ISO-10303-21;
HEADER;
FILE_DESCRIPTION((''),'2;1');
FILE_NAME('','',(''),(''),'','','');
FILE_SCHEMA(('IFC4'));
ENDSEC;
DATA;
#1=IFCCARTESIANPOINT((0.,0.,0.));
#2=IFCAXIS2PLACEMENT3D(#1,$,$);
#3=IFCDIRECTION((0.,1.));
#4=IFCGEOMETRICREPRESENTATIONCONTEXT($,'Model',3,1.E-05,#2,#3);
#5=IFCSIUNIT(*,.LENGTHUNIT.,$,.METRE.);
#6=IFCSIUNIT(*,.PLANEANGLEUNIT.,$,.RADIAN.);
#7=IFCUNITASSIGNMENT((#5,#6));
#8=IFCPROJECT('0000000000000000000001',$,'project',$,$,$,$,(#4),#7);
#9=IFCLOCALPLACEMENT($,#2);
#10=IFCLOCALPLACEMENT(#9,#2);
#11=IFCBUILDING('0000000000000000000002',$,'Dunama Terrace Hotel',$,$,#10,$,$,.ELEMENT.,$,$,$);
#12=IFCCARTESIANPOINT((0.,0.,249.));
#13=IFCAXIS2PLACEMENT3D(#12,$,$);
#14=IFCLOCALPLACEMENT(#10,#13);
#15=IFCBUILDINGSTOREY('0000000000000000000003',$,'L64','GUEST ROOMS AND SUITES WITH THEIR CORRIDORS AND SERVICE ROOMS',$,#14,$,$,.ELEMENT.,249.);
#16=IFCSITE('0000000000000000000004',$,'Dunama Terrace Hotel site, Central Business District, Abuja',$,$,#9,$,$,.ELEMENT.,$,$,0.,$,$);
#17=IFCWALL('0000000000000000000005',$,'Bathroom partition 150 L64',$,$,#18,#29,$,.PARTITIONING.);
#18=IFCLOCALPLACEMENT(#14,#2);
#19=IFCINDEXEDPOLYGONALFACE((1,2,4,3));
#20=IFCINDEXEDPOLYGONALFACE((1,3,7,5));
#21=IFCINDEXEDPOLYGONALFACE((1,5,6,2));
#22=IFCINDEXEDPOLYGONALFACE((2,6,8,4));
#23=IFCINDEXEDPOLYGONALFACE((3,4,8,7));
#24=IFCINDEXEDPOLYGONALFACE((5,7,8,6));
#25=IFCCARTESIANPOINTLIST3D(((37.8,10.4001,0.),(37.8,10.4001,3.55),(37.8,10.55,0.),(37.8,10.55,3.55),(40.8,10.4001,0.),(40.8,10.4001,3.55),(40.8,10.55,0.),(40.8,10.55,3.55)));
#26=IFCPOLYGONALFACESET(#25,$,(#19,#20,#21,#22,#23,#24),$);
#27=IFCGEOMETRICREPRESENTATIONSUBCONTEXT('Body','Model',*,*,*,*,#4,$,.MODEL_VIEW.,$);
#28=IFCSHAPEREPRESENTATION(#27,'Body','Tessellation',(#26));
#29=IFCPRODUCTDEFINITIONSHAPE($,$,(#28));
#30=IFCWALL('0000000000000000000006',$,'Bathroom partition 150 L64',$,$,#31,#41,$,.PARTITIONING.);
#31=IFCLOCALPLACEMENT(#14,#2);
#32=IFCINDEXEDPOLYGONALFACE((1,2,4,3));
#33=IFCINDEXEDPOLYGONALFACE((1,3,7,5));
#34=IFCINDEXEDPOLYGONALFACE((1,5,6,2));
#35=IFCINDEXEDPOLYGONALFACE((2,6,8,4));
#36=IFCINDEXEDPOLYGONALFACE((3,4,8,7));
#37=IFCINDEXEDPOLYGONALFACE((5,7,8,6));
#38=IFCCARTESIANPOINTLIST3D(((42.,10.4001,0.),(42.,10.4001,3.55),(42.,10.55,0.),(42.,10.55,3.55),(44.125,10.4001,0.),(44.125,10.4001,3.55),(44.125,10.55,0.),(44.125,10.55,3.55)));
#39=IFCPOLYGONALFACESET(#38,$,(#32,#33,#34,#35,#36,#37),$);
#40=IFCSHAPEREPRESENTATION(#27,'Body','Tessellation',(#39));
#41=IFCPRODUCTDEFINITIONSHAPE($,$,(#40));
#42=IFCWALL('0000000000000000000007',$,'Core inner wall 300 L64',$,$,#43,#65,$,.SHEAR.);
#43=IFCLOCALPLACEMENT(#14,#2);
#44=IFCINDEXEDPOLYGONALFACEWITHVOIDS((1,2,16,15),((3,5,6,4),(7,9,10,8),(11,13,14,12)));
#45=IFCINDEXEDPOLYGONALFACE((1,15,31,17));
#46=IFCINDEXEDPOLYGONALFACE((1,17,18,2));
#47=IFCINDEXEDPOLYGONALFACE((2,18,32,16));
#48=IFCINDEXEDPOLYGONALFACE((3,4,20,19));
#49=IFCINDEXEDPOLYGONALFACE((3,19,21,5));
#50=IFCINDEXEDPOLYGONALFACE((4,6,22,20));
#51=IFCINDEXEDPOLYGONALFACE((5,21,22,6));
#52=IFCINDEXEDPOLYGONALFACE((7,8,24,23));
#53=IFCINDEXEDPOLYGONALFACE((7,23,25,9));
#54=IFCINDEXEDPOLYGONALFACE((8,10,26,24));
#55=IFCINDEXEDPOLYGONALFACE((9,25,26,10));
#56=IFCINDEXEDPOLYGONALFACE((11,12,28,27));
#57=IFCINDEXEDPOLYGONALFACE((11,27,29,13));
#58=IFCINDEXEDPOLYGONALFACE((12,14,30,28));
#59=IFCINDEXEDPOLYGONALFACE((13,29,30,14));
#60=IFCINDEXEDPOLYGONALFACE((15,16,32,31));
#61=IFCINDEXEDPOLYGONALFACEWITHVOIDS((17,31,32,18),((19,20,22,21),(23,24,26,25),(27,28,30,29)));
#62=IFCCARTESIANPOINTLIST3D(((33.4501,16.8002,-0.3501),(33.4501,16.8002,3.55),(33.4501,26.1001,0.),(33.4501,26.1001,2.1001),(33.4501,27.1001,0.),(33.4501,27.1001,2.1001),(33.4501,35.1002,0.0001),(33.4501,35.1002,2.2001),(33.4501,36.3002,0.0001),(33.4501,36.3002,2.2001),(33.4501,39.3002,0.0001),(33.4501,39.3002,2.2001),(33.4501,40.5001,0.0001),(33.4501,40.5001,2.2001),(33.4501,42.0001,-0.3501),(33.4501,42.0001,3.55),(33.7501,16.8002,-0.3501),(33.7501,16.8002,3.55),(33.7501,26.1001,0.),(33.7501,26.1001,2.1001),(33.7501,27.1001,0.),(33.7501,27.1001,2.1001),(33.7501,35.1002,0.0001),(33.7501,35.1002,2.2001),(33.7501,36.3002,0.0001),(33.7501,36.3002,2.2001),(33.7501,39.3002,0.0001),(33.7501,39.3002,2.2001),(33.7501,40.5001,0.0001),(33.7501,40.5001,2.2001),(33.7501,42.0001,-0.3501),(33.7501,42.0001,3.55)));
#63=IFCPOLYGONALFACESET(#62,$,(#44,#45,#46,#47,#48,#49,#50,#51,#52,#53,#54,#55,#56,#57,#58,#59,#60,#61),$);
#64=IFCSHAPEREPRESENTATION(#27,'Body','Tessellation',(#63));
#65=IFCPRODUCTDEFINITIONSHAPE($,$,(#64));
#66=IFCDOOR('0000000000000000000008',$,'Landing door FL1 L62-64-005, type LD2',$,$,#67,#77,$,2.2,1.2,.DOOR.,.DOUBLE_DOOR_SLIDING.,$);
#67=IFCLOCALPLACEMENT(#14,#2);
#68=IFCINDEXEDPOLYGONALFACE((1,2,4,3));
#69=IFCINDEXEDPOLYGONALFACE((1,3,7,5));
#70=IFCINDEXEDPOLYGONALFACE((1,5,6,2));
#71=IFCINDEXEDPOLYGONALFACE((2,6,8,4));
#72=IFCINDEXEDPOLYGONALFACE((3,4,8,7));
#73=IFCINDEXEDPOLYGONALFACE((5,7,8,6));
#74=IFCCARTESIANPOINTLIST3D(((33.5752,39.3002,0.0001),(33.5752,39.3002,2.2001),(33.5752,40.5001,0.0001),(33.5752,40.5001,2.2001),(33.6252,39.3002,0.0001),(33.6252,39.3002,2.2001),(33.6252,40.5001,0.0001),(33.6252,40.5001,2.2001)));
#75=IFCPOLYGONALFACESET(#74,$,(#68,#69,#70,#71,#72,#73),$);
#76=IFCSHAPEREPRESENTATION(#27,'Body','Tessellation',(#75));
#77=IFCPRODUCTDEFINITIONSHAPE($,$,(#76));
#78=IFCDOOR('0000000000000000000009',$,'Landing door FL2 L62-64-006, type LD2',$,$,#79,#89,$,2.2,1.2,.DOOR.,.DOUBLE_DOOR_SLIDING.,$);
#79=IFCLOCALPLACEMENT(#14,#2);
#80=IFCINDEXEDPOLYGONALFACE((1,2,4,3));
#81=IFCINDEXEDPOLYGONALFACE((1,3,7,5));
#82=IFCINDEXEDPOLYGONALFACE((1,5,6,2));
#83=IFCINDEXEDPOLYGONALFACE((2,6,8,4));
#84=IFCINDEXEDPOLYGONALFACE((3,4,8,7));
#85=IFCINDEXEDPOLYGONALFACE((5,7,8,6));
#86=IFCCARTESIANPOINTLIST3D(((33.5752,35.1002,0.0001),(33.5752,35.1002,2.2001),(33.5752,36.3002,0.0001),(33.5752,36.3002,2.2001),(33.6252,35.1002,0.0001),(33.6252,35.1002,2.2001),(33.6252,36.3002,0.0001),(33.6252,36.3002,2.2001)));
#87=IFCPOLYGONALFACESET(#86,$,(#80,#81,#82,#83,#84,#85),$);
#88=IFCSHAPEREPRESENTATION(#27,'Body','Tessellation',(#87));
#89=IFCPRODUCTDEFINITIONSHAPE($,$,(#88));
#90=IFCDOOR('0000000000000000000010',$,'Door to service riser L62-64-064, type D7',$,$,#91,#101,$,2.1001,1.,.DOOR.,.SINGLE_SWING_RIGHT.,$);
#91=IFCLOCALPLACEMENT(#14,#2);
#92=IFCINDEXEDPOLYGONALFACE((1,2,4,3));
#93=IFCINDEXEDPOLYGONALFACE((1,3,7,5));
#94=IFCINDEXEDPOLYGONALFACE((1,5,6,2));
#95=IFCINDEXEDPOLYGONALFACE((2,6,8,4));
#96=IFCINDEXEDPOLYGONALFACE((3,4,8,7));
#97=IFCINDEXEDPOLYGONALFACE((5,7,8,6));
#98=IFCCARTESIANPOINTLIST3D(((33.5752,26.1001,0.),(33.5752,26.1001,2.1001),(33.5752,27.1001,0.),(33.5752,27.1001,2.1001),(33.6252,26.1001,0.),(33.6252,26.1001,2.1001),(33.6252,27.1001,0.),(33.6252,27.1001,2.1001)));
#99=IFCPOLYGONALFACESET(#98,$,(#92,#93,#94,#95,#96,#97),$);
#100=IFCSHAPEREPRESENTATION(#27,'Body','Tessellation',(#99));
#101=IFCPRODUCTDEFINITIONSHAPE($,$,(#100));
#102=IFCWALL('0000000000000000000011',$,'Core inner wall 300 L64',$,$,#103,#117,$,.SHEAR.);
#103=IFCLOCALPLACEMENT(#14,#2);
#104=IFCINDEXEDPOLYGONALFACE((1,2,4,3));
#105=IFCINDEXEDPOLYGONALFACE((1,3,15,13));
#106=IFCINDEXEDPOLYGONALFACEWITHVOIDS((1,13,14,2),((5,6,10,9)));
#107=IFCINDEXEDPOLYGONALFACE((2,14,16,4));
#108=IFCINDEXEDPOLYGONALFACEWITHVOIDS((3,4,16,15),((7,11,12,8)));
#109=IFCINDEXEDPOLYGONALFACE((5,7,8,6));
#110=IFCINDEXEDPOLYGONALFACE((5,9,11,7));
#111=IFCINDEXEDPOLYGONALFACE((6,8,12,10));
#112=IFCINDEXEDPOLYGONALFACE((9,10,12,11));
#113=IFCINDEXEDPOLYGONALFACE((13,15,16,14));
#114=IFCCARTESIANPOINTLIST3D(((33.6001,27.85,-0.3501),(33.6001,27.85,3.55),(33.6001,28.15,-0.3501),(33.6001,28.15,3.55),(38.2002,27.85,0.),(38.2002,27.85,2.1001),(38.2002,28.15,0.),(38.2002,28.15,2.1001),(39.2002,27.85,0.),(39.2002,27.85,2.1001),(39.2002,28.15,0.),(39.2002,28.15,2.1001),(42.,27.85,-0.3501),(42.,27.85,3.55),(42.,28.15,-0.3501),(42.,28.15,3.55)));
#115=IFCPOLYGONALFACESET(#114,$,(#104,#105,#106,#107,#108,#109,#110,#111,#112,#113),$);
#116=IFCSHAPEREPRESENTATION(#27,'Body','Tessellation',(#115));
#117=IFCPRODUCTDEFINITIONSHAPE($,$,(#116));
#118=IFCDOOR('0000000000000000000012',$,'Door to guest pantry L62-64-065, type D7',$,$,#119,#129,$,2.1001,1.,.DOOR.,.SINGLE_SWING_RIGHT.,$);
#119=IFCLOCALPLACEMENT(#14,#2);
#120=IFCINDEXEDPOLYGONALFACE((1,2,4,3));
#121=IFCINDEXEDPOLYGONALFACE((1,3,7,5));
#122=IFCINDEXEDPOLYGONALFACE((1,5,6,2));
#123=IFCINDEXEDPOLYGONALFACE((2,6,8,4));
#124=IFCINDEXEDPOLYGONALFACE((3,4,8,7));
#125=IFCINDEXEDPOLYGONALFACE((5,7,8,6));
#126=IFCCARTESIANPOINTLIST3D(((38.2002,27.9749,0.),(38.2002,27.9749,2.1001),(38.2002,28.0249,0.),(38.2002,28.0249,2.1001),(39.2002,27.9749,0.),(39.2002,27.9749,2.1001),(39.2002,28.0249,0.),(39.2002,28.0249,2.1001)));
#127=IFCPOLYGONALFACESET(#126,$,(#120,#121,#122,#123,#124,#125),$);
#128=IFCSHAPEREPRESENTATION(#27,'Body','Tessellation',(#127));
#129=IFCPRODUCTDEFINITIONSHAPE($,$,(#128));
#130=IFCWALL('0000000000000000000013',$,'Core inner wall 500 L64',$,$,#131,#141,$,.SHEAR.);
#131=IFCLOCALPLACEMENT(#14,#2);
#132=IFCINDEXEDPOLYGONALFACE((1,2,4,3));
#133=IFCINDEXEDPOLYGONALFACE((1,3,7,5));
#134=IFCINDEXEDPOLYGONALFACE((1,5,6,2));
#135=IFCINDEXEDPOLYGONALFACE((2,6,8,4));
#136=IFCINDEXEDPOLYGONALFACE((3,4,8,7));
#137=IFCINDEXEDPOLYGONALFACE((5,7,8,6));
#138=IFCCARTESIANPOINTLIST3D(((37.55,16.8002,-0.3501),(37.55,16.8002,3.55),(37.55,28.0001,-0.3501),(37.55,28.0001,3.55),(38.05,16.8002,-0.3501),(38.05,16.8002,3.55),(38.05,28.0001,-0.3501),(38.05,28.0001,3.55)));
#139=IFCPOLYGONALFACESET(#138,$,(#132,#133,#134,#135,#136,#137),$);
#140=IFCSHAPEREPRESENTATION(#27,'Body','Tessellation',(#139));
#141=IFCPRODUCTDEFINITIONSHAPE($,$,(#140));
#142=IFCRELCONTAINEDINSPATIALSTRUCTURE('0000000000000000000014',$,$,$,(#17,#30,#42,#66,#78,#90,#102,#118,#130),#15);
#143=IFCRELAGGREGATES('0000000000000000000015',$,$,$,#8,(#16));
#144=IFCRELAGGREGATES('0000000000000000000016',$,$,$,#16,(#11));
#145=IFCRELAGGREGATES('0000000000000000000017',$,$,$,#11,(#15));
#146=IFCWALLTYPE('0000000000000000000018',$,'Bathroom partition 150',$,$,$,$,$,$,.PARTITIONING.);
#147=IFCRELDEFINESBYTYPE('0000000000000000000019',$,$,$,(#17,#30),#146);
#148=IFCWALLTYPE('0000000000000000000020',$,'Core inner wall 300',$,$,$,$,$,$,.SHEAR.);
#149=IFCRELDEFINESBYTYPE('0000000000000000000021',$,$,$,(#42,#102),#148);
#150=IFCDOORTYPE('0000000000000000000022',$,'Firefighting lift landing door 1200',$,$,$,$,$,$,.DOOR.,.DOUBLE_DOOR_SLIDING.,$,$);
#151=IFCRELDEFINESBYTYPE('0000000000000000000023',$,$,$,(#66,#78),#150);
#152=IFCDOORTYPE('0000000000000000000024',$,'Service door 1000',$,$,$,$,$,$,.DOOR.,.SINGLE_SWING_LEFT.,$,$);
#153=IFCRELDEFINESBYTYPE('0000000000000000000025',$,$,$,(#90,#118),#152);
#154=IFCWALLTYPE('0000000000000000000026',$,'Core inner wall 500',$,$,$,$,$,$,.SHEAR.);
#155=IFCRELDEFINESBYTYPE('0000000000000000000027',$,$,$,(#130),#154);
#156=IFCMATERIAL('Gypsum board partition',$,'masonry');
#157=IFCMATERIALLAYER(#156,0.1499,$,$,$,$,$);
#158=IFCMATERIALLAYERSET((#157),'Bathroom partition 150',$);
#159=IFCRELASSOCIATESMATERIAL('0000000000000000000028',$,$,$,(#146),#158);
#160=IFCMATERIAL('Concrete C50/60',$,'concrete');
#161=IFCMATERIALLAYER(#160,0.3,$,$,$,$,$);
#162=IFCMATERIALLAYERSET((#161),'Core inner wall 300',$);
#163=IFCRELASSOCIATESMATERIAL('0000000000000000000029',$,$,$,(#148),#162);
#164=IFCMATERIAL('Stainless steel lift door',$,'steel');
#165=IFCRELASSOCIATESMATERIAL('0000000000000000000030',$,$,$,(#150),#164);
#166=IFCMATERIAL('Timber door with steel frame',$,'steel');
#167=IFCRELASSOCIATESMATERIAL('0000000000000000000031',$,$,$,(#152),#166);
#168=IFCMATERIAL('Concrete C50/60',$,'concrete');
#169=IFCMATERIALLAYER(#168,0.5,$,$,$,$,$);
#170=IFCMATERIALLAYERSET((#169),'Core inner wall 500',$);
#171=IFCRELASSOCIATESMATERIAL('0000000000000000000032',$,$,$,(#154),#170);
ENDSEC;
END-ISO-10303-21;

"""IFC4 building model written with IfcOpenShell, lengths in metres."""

from ifc_helpers import new_model, si_unit, direction, frame, frame_2d, origin, place, context, subcontext, project, spatial, rectangle, extrude, material, layer, layer_set, type_object, element, fill, save


model = new_model("IFC4")

# Units and contexts
model_context = context("Model", 3, precision=1e-05, world=origin(), true_north=direction((0.0, 1.0)))
body_context = subcontext(model_context, "Body", "Model", "MODEL_VIEW")
ifc_project = project(units=[si_unit("LENGTHUNIT", "METRE"), si_unit("PLANEANGLEUNIT", "RADIAN")], contexts=[model_context])

# Site, building, storey
site_placement = place(None, origin())
site = spatial("IfcSite", under=ifc_project, at=site_placement, Name="Dunama Terrace Hotel site, Central Business District, Abuja", CompositionType="ELEMENT", RefElevation=0.0)
building_placement = place(site_placement, origin())
building = spatial("IfcBuilding", under=site, at=building_placement, Name="Dunama Terrace Hotel", CompositionType="ELEMENT")
storey_placement = place(building_placement, frame((0.0, 0.0, 249.0)))
storey = spatial("IfcBuildingStorey", under=building, at=storey_placement, Name="L64", Description="GUEST ROOMS AND SUITES WITH THEIR CORRIDORS AND SERVICE ROOMS", CompositionType="ELEMENT", Elevation=249.0)

# Walls
ifc_material_1 = material(Name="Gypsum board partition", Category="masonry")
ifc_layer_1 = layer(ifc_material_1, 0.1499)
ifc_layer_set_1 = layer_set([ifc_layer_1], Name="Bathroom partition 150")
wall_type_1 = type_object("IfcWallType", Name="Bathroom partition 150", PredefinedType="PARTITIONING", material=ifc_layer_set_1)
wall_1_placement = place(storey_placement, frame((37.8, 10.4751, 0.0), z_axis=(0.0, 0.0, 1.0), x_axis=(1.0, 0.0, 0.0)))
element("IfcWall", 1, at=wall_1_placement, inside=storey, type_object=wall_type_1, Name="Bathroom partition 150 L64", PredefinedType="PARTITIONING", context=body_context, shape_type="SweptSolid", body=[
    extrude(rectangle(XDim=3.0, YDim=0.1499, at=frame_2d((1.5, 0.0))), origin(), (0.0, 0.0, 1.0), 3.55),
])
wall_2_placement = place(storey_placement, frame((42.0, 10.4751, 0.0), z_axis=(0.0, 0.0, 1.0), x_axis=(1.0, 0.0, 0.0)))
element("IfcWall", 2, at=wall_2_placement, inside=storey, type_object=wall_type_1, Name="Bathroom partition 150 L64", PredefinedType="PARTITIONING", context=body_context, shape_type="SweptSolid", body=[
    extrude(rectangle(XDim=2.125, YDim=0.1499, at=frame_2d((1.0625, 0.0))), origin(), (0.0, 0.0, 1.0), 3.55),
])

# Wall, openings, doors
ifc_material_2 = material(Name="Concrete C50/60", Category="concrete")
ifc_layer_2 = layer(ifc_material_2, 0.3)
ifc_layer_set_2 = layer_set([ifc_layer_2], Name="Core inner wall 300")
wall_type_2 = type_object("IfcWallType", Name="Core inner wall 300", PredefinedType="SHEAR", material=ifc_layer_set_2)
wall_3_placement = place(storey_placement, frame((33.6001, 16.8, -0.3501), z_axis=(0.0, 0.0, 1.0), x_axis=(0.0, 1.0, 0.0)))
wall_3 = element("IfcWall", 3, at=wall_3_placement, inside=storey, type_object=wall_type_2, Name="Core inner wall 300 L64", PredefinedType="SHEAR", context=body_context, shape_type="SweptSolid", body=[
    extrude(rectangle(XDim=25.2, YDim=0.3, at=frame_2d((12.6001, 0.0))), origin(), (0.0, 0.0, 1.0), 3.9001),
])
opening_1_placement = place(wall_3_placement, frame((22.5, 0.0, 0.3501)))
opening_1 = element("IfcOpeningElement", 4, at=opening_1_placement, cuts=wall_3, PredefinedType="OPENING", context=body_context, shape_type="SweptSolid", body=[
    extrude(rectangle(XDim=1.2, YDim=2.2, at=frame_2d((0.6001, 1.1001))), frame((0.0, 0.1599, 0.0), z_axis=(0.0, -1.0, 0.0), x_axis=(1.0, 0.0, 0.0)), (0.0, 0.0, 1.0), 0.3201),
])
opening_2_placement = place(wall_3_placement, frame((18.3, 0.0, 0.3501)))
opening_2 = element("IfcOpeningElement", 5, at=opening_2_placement, cuts=wall_3, PredefinedType="OPENING", context=body_context, shape_type="SweptSolid", body=[
    extrude(rectangle(XDim=1.2, YDim=2.2, at=frame_2d((0.6001, 1.1001))), frame((0.0, 0.1599, 0.0), z_axis=(0.0, -1.0, 0.0), x_axis=(1.0, 0.0, 0.0)), (0.0, 0.0, 1.0), 0.3201),
])
opening_3_placement = place(wall_3_placement, frame((9.3, 0.0, 0.3501)))
opening_3 = element("IfcOpeningElement", 6, at=opening_3_placement, cuts=wall_3, PredefinedType="OPENING", context=body_context, shape_type="SweptSolid", body=[
    extrude(rectangle(XDim=1.0, YDim=2.1001, at=frame_2d((0.5, 1.05))), frame((0.0, 0.1599, 0.0), z_axis=(0.0, -1.0, 0.0), x_axis=(1.0, 0.0, 0.0)), (0.0, 0.0, 1.0), 0.3201),
])
ifc_material_3 = material(Name="Stainless steel lift door", Category="steel")
door_type_1 = type_object("IfcDoorType", Name="Firefighting lift landing door 1200", OperationType="DOUBLE_DOOR_SLIDING", PredefinedType="DOOR", material=ifc_material_3)
door_1_placement = place(opening_1_placement, origin())
door_1 = element("IfcDoor", 7, at=door_1_placement, inside=storey, type_object=door_type_1, Name="Landing door FL1 L62-64-005, type LD2", OperationType="DOUBLE_DOOR_SLIDING", OverallHeight=2.2, OverallWidth=1.2, PredefinedType="DOOR", context=body_context, shape_type="SweptSolid", body=[
    extrude(rectangle(XDim=1.2, YDim=2.2, at=frame_2d((0.6001, 1.1001))), frame((0.0, 0.0249, 0.0), z_axis=(0.0, -1.0, 0.0), x_axis=(1.0, 0.0, 0.0)), (0.0, 0.0, 1.0), 0.05),
])
fill(opening_1, door_1)
door_2_placement = place(opening_2_placement, origin())
door_2 = element("IfcDoor", 8, at=door_2_placement, inside=storey, type_object=door_type_1, Name="Landing door FL2 L62-64-006, type LD2", OperationType="DOUBLE_DOOR_SLIDING", OverallHeight=2.2, OverallWidth=1.2, PredefinedType="DOOR", context=body_context, shape_type="SweptSolid", body=[
    extrude(rectangle(XDim=1.2, YDim=2.2, at=frame_2d((0.6001, 1.1001))), frame((0.0, 0.0249, 0.0), z_axis=(0.0, -1.0, 0.0), x_axis=(1.0, 0.0, 0.0)), (0.0, 0.0, 1.0), 0.05),
])
fill(opening_2, door_2)
ifc_material_4 = material(Name="Timber door with steel frame", Category="steel")
door_type_2 = type_object("IfcDoorType", Name="Service door 1000", OperationType="SINGLE_SWING_LEFT", PredefinedType="DOOR", material=ifc_material_4)
door_3_placement = place(opening_3_placement, frame((1.0, 0.0, 0.0), z_axis=(0.0, 0.0, 1.0), x_axis=(-1.0, 0.0, 0.0)))
door_3 = element("IfcDoor", 9, at=door_3_placement, inside=storey, type_object=door_type_2, Name="Door to service riser L62-64-064, type D7", OperationType="SINGLE_SWING_RIGHT", OverallHeight=2.1001, OverallWidth=1.0, PredefinedType="DOOR", context=body_context, shape_type="SweptSolid", body=[
    extrude(rectangle(XDim=1.0, YDim=2.1001, at=frame_2d((0.5, 1.05))), frame((0.0, 0.0251, 0.0), z_axis=(0.0, -1.0, 0.0), x_axis=(1.0, 0.0, 0.0)), (0.0, 0.0, 1.0), 0.05),
])
fill(opening_3, door_3)

# Wall, opening, door
wall_4_placement = place(storey_placement, frame((33.6001, 28.0, -0.3501), z_axis=(0.0, 0.0, 1.0), x_axis=(1.0, 0.0, 0.0)))
wall_4 = element("IfcWall", 10, at=wall_4_placement, inside=storey, type_object=wall_type_2, Name="Core inner wall 300 L64", PredefinedType="SHEAR", context=body_context, shape_type="SweptSolid", body=[
    extrude(rectangle(XDim=8.3999, YDim=0.3, at=frame_2d((4.2, 0.0))), origin(), (0.0, 0.0, 1.0), 3.9001),
])
opening_4_placement = place(wall_4_placement, frame((4.6001, 0.0, 0.3501)))
opening_4 = element("IfcOpeningElement", 11, at=opening_4_placement, cuts=wall_4, PredefinedType="OPENING", context=body_context, shape_type="SweptSolid", body=[
    extrude(rectangle(XDim=1.0, YDim=2.1001, at=frame_2d((0.5, 1.05))), frame((0.0, 0.1599, 0.0), z_axis=(0.0, -1.0, 0.0), x_axis=(1.0, 0.0, 0.0)), (0.0, 0.0, 1.0), 0.3201),
])
door_4_placement = place(opening_4_placement, frame((1.0, 0.0, 0.0), z_axis=(0.0, 0.0, 1.0), x_axis=(-1.0, 0.0, 0.0)))
door_4 = element("IfcDoor", 12, at=door_4_placement, inside=storey, type_object=door_type_2, Name="Door to guest pantry L62-64-065, type D7", OperationType="SINGLE_SWING_RIGHT", OverallHeight=2.1001, OverallWidth=1.0, PredefinedType="DOOR", context=body_context, shape_type="SweptSolid", body=[
    extrude(rectangle(XDim=1.0, YDim=2.1001, at=frame_2d((0.5, 1.05))), frame((0.0, 0.0251, 0.0), z_axis=(0.0, -1.0, 0.0), x_axis=(1.0, 0.0, 0.0)), (0.0, 0.0, 1.0), 0.05),
])
fill(opening_4, door_4)

# Wall
ifc_material_5 = material(Name="Concrete C50/60", Category="concrete")
ifc_layer_3 = layer(ifc_material_5, 0.5)
ifc_layer_set_3 = layer_set([ifc_layer_3], Name="Core inner wall 500")
wall_type_3 = type_object("IfcWallType", Name="Core inner wall 500", PredefinedType="SHEAR", material=ifc_layer_set_3)
wall_5_placement = place(storey_placement, frame((37.8, 16.8, -0.3501), z_axis=(0.0, 0.0, 1.0), x_axis=(0.0, 1.0, 0.0)))
element("IfcWall", 13, at=wall_5_placement, inside=storey, type_object=wall_type_3, Name="Core inner wall 500 L64", PredefinedType="SHEAR", context=body_context, shape_type="SweptSolid", body=[
    extrude(rectangle(XDim=11.2, YDim=0.5, at=frame_2d((5.6001, 0.0))), origin(), (0.0, 0.0, 1.0), 3.9001),
])

save(model, "model.ifc")
